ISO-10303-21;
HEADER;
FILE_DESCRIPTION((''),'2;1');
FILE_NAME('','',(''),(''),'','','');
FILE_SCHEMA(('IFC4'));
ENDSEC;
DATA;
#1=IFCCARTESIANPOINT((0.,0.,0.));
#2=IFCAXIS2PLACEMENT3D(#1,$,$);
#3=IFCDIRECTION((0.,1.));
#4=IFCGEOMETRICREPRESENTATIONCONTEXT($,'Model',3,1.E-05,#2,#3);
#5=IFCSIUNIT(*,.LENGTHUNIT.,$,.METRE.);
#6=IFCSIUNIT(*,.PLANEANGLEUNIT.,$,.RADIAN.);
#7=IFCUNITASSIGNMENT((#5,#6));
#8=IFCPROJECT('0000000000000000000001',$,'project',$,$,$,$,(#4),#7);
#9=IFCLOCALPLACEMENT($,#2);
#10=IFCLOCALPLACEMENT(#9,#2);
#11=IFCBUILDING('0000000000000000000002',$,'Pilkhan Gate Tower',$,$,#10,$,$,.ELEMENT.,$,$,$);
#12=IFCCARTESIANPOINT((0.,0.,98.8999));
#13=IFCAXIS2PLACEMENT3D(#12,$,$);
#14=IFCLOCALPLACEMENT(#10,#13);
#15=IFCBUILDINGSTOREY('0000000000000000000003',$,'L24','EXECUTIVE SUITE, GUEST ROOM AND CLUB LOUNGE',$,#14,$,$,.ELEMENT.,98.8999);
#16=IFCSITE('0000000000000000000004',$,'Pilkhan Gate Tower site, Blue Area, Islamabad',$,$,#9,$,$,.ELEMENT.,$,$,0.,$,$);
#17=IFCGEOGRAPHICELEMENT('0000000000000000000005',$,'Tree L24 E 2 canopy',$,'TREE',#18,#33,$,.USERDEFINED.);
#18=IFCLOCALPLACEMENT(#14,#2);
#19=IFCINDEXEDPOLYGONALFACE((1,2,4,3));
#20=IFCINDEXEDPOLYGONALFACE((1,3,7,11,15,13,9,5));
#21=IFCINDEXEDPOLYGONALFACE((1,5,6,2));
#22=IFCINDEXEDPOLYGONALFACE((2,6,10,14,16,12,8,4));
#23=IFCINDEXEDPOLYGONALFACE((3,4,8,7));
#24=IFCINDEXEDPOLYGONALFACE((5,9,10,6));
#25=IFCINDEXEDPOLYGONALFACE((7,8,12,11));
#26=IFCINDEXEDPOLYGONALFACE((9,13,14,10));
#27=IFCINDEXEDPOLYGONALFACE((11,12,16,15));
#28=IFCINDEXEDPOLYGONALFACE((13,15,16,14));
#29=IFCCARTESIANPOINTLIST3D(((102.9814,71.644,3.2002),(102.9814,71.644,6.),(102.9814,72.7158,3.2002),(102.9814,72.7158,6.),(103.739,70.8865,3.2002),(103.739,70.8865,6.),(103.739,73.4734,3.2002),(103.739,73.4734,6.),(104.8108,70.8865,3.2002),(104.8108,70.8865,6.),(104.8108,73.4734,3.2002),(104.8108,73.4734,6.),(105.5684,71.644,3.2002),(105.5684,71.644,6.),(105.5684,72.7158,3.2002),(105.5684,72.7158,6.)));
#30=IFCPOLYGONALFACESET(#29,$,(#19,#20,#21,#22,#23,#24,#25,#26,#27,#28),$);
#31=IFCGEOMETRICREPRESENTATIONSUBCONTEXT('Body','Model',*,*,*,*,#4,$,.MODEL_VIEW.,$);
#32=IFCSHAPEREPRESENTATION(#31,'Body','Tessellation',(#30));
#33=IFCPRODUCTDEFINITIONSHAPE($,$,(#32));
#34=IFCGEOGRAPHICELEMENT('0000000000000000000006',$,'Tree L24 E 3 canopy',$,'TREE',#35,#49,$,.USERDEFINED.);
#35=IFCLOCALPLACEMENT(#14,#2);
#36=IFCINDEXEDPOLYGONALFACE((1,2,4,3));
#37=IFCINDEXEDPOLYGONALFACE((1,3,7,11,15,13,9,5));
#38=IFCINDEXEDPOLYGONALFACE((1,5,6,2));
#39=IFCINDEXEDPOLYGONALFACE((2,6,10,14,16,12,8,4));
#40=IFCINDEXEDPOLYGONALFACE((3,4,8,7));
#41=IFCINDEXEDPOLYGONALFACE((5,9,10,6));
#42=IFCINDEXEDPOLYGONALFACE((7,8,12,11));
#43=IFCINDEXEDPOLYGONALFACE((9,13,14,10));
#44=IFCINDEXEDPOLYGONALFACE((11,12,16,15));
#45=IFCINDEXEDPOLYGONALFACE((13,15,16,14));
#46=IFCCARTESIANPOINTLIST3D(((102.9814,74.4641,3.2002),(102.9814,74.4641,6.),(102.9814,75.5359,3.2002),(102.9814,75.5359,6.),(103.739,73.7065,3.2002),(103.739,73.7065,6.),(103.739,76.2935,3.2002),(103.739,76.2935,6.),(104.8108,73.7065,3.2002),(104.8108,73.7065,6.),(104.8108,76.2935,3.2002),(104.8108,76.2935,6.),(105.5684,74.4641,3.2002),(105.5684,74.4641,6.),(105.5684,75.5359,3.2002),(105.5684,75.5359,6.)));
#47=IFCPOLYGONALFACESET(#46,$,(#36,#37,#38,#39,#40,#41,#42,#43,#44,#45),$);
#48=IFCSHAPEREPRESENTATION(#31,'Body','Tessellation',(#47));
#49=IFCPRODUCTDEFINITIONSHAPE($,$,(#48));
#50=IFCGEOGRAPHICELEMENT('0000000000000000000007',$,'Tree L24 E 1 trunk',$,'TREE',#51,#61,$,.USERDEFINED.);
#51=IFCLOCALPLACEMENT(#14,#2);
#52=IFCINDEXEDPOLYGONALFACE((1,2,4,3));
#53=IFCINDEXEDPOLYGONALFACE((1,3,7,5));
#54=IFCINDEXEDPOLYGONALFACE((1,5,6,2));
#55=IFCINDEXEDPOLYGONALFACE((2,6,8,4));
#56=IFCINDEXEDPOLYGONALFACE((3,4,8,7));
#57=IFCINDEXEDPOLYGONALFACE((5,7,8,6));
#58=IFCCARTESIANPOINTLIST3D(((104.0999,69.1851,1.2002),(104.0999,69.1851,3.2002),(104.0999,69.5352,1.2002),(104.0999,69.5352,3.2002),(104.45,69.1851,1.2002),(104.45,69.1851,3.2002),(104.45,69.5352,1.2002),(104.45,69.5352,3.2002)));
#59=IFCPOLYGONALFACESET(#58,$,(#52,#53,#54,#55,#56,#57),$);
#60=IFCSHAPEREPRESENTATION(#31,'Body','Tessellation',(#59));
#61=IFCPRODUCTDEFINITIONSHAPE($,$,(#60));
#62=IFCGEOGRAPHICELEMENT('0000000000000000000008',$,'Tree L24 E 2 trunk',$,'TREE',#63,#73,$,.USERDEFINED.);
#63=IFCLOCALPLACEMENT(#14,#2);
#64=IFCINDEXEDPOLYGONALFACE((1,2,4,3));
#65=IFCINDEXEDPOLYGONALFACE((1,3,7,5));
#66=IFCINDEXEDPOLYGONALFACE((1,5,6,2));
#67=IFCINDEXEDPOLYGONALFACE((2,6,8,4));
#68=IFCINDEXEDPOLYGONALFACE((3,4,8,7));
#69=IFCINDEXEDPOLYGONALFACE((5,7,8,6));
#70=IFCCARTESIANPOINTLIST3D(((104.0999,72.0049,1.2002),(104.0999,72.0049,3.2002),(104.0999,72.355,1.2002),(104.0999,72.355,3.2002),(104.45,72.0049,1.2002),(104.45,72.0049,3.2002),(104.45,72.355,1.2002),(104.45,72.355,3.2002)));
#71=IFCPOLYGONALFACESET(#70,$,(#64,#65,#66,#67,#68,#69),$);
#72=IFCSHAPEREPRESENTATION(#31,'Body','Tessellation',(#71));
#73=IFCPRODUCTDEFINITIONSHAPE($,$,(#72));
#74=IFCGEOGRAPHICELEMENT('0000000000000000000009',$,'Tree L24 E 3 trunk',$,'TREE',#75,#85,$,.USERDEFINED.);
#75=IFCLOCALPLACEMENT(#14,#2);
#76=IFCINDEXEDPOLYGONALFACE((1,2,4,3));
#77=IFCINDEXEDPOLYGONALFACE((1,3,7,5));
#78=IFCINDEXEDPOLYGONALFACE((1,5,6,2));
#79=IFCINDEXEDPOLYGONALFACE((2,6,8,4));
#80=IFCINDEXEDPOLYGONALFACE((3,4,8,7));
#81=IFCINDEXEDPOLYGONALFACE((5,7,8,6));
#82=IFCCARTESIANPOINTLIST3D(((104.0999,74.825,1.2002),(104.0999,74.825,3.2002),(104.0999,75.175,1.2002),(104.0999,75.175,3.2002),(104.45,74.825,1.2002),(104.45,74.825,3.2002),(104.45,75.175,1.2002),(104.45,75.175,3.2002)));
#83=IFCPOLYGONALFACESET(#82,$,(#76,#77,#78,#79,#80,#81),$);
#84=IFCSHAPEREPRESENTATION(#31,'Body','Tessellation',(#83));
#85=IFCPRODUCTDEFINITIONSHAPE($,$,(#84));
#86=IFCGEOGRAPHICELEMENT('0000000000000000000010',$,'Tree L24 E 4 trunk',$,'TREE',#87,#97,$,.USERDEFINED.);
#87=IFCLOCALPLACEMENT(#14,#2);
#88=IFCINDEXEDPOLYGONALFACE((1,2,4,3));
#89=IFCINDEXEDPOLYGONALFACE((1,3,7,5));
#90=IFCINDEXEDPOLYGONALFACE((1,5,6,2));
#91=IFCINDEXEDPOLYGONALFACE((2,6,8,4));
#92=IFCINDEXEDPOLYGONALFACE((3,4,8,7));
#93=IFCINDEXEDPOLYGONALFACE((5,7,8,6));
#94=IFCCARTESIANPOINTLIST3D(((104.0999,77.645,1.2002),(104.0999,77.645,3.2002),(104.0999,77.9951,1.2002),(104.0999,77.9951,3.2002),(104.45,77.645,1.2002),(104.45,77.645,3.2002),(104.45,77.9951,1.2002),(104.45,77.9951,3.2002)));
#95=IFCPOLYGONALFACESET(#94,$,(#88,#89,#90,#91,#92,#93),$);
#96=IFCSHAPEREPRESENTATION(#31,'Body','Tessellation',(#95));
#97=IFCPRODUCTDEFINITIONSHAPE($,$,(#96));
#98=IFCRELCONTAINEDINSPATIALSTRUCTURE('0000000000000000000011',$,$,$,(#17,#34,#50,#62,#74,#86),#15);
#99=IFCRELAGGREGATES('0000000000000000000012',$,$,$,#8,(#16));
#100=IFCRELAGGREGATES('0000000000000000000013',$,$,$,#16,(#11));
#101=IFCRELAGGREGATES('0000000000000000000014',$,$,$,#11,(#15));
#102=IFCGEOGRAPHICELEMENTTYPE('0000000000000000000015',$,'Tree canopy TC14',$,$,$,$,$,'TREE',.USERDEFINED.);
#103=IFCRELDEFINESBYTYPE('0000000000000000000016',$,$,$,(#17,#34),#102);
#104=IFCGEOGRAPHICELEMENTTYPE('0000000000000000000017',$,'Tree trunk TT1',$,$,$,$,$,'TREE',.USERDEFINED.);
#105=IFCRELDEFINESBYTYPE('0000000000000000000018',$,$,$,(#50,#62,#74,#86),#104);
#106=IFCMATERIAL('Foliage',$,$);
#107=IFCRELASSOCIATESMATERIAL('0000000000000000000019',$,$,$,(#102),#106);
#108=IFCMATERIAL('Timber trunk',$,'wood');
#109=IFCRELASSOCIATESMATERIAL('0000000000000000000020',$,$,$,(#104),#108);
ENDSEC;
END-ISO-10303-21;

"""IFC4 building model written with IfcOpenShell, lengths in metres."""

from ifc_helpers import new_model, si_unit, direction, frame, origin, origin_2d, place, context, subcontext, project, spatial, polyline, rectangle, outline, extrude, material, material_profile, profile_set, type_object, element, save


model = new_model("IFC4")

# Units and contexts
model_context = context("Model", 3, precision=1e-05, world=origin(), true_north=direction((0.0, 1.0)))
body_context = subcontext(model_context, "Body", "Model", "MODEL_VIEW")
ifc_project = project(units=[si_unit("LENGTHUNIT", "METRE"), si_unit("PLANEANGLEUNIT", "RADIAN")], contexts=[model_context])

# Site, building, storey
site_placement = place(None, origin())
site = spatial("IfcSite", under=ifc_project, at=site_placement, Name="Pilkhan Gate Tower site, Blue Area, Islamabad", CompositionType="ELEMENT", RefElevation=0.0)
building_placement = place(site_placement, origin())
building = spatial("IfcBuilding", under=site, at=building_placement, Name="Pilkhan Gate Tower", CompositionType="ELEMENT")
storey_placement = place(building_placement, frame((0.0, 0.0, 98.8999)))
storey = spatial("IfcBuildingStorey", under=building, at=storey_placement, Name="L24", Description="EXECUTIVE SUITE, GUEST ROOM AND CLUB LOUNGE", CompositionType="ELEMENT", Elevation=98.8999)

# Geographic elements
ifc_material_1 = material(Name="Foliage")
ifc_material_profile_1 = material_profile(ifc_material_1, outline(polyline([(1.2935, 0.5359), (0.5359, 1.2935), (-0.5359, 1.2935), (-1.2935, 0.5359), (-1.2935, -0.5359), (-0.5359, -1.2935), (0.5359, -1.2935), (1.2935, -0.5359), (1.2935, 0.5359)])), Name="Canopy D2.8")
ifc_profile_set_1 = profile_set([ifc_material_profile_1], Name="Foliage")
geographic_element_type_1 = type_object("IfcGeographicElementType", Name="Tree canopy TC14", ElementType="TREE", PredefinedType="USERDEFINED", material=ifc_profile_set_1)
for number, where, z_axis, x_axis, name in (
    (1, (104.2749, 72.1799, 3.2002), (0.0, 0.0, 1.0), (1.0, 0.0, 0.0), "Tree L24 E 2 canopy"),
    (2, (104.2749, 75.0, 3.2002), (0.0, 0.0, 1.0), (1.0, 0.0, 0.0), "Tree L24 E 3 canopy"),
):
    element("IfcGeographicElement", number, at=place(storey_placement, frame(where, z_axis=z_axis, x_axis=x_axis)), inside=storey, type_object=geographic_element_type_1, Name=name, ObjectType="TREE", PredefinedType="USERDEFINED", context=body_context, shape_type="SweptSolid", body=[
        extrude(outline(polyline([(1.2935, 0.5359), (0.5359, 1.2935), (-0.5359, 1.2935), (-1.2935, 0.5359), (-1.2935, -0.5359), (-0.5359, -1.2935), (0.5359, -1.2935), (1.2935, -0.5359), (1.2935, 0.5359)])), origin(), (0.0, 0.0, 1.0), 2.7998),
    ])
ifc_material_2 = material(Name="Timber trunk", Category="wood")
geographic_element_type_2 = type_object("IfcGeographicElementType", Name="Tree trunk TT1", ElementType="TREE", PredefinedType="USERDEFINED", material=ifc_material_2)
for number, where, z_axis, x_axis, name in (
    (3, (104.2749, 69.3601, 1.2002), (0.0, 0.0, 1.0), (1.0, 0.0, 0.0), "Tree L24 E 1 trunk"),
    (4, (104.2749, 72.1799, 1.2002), (0.0, 0.0, 1.0), (1.0, 0.0, 0.0), "Tree L24 E 2 trunk"),
    (5, (104.2749, 75.0, 1.2002), (0.0, 0.0, 1.0), (1.0, 0.0, 0.0), "Tree L24 E 3 trunk"),
    (6, (104.2749, 77.8201, 1.2002), (0.0, 0.0, 1.0), (1.0, 0.0, 0.0), "Tree L24 E 4 trunk"),
):
    element("IfcGeographicElement", number, at=place(storey_placement, frame(where, z_axis=z_axis, x_axis=x_axis)), inside=storey, type_object=geographic_element_type_2, Name=name, ObjectType="TREE", PredefinedType="USERDEFINED", context=body_context, shape_type="SweptSolid", body=[
        extrude(rectangle(XDim=0.3501, YDim=0.3501, at=origin_2d()), origin(), (0.0, 0.0, 1.0), 2.0),
    ])

save(model, "model.ifc")
